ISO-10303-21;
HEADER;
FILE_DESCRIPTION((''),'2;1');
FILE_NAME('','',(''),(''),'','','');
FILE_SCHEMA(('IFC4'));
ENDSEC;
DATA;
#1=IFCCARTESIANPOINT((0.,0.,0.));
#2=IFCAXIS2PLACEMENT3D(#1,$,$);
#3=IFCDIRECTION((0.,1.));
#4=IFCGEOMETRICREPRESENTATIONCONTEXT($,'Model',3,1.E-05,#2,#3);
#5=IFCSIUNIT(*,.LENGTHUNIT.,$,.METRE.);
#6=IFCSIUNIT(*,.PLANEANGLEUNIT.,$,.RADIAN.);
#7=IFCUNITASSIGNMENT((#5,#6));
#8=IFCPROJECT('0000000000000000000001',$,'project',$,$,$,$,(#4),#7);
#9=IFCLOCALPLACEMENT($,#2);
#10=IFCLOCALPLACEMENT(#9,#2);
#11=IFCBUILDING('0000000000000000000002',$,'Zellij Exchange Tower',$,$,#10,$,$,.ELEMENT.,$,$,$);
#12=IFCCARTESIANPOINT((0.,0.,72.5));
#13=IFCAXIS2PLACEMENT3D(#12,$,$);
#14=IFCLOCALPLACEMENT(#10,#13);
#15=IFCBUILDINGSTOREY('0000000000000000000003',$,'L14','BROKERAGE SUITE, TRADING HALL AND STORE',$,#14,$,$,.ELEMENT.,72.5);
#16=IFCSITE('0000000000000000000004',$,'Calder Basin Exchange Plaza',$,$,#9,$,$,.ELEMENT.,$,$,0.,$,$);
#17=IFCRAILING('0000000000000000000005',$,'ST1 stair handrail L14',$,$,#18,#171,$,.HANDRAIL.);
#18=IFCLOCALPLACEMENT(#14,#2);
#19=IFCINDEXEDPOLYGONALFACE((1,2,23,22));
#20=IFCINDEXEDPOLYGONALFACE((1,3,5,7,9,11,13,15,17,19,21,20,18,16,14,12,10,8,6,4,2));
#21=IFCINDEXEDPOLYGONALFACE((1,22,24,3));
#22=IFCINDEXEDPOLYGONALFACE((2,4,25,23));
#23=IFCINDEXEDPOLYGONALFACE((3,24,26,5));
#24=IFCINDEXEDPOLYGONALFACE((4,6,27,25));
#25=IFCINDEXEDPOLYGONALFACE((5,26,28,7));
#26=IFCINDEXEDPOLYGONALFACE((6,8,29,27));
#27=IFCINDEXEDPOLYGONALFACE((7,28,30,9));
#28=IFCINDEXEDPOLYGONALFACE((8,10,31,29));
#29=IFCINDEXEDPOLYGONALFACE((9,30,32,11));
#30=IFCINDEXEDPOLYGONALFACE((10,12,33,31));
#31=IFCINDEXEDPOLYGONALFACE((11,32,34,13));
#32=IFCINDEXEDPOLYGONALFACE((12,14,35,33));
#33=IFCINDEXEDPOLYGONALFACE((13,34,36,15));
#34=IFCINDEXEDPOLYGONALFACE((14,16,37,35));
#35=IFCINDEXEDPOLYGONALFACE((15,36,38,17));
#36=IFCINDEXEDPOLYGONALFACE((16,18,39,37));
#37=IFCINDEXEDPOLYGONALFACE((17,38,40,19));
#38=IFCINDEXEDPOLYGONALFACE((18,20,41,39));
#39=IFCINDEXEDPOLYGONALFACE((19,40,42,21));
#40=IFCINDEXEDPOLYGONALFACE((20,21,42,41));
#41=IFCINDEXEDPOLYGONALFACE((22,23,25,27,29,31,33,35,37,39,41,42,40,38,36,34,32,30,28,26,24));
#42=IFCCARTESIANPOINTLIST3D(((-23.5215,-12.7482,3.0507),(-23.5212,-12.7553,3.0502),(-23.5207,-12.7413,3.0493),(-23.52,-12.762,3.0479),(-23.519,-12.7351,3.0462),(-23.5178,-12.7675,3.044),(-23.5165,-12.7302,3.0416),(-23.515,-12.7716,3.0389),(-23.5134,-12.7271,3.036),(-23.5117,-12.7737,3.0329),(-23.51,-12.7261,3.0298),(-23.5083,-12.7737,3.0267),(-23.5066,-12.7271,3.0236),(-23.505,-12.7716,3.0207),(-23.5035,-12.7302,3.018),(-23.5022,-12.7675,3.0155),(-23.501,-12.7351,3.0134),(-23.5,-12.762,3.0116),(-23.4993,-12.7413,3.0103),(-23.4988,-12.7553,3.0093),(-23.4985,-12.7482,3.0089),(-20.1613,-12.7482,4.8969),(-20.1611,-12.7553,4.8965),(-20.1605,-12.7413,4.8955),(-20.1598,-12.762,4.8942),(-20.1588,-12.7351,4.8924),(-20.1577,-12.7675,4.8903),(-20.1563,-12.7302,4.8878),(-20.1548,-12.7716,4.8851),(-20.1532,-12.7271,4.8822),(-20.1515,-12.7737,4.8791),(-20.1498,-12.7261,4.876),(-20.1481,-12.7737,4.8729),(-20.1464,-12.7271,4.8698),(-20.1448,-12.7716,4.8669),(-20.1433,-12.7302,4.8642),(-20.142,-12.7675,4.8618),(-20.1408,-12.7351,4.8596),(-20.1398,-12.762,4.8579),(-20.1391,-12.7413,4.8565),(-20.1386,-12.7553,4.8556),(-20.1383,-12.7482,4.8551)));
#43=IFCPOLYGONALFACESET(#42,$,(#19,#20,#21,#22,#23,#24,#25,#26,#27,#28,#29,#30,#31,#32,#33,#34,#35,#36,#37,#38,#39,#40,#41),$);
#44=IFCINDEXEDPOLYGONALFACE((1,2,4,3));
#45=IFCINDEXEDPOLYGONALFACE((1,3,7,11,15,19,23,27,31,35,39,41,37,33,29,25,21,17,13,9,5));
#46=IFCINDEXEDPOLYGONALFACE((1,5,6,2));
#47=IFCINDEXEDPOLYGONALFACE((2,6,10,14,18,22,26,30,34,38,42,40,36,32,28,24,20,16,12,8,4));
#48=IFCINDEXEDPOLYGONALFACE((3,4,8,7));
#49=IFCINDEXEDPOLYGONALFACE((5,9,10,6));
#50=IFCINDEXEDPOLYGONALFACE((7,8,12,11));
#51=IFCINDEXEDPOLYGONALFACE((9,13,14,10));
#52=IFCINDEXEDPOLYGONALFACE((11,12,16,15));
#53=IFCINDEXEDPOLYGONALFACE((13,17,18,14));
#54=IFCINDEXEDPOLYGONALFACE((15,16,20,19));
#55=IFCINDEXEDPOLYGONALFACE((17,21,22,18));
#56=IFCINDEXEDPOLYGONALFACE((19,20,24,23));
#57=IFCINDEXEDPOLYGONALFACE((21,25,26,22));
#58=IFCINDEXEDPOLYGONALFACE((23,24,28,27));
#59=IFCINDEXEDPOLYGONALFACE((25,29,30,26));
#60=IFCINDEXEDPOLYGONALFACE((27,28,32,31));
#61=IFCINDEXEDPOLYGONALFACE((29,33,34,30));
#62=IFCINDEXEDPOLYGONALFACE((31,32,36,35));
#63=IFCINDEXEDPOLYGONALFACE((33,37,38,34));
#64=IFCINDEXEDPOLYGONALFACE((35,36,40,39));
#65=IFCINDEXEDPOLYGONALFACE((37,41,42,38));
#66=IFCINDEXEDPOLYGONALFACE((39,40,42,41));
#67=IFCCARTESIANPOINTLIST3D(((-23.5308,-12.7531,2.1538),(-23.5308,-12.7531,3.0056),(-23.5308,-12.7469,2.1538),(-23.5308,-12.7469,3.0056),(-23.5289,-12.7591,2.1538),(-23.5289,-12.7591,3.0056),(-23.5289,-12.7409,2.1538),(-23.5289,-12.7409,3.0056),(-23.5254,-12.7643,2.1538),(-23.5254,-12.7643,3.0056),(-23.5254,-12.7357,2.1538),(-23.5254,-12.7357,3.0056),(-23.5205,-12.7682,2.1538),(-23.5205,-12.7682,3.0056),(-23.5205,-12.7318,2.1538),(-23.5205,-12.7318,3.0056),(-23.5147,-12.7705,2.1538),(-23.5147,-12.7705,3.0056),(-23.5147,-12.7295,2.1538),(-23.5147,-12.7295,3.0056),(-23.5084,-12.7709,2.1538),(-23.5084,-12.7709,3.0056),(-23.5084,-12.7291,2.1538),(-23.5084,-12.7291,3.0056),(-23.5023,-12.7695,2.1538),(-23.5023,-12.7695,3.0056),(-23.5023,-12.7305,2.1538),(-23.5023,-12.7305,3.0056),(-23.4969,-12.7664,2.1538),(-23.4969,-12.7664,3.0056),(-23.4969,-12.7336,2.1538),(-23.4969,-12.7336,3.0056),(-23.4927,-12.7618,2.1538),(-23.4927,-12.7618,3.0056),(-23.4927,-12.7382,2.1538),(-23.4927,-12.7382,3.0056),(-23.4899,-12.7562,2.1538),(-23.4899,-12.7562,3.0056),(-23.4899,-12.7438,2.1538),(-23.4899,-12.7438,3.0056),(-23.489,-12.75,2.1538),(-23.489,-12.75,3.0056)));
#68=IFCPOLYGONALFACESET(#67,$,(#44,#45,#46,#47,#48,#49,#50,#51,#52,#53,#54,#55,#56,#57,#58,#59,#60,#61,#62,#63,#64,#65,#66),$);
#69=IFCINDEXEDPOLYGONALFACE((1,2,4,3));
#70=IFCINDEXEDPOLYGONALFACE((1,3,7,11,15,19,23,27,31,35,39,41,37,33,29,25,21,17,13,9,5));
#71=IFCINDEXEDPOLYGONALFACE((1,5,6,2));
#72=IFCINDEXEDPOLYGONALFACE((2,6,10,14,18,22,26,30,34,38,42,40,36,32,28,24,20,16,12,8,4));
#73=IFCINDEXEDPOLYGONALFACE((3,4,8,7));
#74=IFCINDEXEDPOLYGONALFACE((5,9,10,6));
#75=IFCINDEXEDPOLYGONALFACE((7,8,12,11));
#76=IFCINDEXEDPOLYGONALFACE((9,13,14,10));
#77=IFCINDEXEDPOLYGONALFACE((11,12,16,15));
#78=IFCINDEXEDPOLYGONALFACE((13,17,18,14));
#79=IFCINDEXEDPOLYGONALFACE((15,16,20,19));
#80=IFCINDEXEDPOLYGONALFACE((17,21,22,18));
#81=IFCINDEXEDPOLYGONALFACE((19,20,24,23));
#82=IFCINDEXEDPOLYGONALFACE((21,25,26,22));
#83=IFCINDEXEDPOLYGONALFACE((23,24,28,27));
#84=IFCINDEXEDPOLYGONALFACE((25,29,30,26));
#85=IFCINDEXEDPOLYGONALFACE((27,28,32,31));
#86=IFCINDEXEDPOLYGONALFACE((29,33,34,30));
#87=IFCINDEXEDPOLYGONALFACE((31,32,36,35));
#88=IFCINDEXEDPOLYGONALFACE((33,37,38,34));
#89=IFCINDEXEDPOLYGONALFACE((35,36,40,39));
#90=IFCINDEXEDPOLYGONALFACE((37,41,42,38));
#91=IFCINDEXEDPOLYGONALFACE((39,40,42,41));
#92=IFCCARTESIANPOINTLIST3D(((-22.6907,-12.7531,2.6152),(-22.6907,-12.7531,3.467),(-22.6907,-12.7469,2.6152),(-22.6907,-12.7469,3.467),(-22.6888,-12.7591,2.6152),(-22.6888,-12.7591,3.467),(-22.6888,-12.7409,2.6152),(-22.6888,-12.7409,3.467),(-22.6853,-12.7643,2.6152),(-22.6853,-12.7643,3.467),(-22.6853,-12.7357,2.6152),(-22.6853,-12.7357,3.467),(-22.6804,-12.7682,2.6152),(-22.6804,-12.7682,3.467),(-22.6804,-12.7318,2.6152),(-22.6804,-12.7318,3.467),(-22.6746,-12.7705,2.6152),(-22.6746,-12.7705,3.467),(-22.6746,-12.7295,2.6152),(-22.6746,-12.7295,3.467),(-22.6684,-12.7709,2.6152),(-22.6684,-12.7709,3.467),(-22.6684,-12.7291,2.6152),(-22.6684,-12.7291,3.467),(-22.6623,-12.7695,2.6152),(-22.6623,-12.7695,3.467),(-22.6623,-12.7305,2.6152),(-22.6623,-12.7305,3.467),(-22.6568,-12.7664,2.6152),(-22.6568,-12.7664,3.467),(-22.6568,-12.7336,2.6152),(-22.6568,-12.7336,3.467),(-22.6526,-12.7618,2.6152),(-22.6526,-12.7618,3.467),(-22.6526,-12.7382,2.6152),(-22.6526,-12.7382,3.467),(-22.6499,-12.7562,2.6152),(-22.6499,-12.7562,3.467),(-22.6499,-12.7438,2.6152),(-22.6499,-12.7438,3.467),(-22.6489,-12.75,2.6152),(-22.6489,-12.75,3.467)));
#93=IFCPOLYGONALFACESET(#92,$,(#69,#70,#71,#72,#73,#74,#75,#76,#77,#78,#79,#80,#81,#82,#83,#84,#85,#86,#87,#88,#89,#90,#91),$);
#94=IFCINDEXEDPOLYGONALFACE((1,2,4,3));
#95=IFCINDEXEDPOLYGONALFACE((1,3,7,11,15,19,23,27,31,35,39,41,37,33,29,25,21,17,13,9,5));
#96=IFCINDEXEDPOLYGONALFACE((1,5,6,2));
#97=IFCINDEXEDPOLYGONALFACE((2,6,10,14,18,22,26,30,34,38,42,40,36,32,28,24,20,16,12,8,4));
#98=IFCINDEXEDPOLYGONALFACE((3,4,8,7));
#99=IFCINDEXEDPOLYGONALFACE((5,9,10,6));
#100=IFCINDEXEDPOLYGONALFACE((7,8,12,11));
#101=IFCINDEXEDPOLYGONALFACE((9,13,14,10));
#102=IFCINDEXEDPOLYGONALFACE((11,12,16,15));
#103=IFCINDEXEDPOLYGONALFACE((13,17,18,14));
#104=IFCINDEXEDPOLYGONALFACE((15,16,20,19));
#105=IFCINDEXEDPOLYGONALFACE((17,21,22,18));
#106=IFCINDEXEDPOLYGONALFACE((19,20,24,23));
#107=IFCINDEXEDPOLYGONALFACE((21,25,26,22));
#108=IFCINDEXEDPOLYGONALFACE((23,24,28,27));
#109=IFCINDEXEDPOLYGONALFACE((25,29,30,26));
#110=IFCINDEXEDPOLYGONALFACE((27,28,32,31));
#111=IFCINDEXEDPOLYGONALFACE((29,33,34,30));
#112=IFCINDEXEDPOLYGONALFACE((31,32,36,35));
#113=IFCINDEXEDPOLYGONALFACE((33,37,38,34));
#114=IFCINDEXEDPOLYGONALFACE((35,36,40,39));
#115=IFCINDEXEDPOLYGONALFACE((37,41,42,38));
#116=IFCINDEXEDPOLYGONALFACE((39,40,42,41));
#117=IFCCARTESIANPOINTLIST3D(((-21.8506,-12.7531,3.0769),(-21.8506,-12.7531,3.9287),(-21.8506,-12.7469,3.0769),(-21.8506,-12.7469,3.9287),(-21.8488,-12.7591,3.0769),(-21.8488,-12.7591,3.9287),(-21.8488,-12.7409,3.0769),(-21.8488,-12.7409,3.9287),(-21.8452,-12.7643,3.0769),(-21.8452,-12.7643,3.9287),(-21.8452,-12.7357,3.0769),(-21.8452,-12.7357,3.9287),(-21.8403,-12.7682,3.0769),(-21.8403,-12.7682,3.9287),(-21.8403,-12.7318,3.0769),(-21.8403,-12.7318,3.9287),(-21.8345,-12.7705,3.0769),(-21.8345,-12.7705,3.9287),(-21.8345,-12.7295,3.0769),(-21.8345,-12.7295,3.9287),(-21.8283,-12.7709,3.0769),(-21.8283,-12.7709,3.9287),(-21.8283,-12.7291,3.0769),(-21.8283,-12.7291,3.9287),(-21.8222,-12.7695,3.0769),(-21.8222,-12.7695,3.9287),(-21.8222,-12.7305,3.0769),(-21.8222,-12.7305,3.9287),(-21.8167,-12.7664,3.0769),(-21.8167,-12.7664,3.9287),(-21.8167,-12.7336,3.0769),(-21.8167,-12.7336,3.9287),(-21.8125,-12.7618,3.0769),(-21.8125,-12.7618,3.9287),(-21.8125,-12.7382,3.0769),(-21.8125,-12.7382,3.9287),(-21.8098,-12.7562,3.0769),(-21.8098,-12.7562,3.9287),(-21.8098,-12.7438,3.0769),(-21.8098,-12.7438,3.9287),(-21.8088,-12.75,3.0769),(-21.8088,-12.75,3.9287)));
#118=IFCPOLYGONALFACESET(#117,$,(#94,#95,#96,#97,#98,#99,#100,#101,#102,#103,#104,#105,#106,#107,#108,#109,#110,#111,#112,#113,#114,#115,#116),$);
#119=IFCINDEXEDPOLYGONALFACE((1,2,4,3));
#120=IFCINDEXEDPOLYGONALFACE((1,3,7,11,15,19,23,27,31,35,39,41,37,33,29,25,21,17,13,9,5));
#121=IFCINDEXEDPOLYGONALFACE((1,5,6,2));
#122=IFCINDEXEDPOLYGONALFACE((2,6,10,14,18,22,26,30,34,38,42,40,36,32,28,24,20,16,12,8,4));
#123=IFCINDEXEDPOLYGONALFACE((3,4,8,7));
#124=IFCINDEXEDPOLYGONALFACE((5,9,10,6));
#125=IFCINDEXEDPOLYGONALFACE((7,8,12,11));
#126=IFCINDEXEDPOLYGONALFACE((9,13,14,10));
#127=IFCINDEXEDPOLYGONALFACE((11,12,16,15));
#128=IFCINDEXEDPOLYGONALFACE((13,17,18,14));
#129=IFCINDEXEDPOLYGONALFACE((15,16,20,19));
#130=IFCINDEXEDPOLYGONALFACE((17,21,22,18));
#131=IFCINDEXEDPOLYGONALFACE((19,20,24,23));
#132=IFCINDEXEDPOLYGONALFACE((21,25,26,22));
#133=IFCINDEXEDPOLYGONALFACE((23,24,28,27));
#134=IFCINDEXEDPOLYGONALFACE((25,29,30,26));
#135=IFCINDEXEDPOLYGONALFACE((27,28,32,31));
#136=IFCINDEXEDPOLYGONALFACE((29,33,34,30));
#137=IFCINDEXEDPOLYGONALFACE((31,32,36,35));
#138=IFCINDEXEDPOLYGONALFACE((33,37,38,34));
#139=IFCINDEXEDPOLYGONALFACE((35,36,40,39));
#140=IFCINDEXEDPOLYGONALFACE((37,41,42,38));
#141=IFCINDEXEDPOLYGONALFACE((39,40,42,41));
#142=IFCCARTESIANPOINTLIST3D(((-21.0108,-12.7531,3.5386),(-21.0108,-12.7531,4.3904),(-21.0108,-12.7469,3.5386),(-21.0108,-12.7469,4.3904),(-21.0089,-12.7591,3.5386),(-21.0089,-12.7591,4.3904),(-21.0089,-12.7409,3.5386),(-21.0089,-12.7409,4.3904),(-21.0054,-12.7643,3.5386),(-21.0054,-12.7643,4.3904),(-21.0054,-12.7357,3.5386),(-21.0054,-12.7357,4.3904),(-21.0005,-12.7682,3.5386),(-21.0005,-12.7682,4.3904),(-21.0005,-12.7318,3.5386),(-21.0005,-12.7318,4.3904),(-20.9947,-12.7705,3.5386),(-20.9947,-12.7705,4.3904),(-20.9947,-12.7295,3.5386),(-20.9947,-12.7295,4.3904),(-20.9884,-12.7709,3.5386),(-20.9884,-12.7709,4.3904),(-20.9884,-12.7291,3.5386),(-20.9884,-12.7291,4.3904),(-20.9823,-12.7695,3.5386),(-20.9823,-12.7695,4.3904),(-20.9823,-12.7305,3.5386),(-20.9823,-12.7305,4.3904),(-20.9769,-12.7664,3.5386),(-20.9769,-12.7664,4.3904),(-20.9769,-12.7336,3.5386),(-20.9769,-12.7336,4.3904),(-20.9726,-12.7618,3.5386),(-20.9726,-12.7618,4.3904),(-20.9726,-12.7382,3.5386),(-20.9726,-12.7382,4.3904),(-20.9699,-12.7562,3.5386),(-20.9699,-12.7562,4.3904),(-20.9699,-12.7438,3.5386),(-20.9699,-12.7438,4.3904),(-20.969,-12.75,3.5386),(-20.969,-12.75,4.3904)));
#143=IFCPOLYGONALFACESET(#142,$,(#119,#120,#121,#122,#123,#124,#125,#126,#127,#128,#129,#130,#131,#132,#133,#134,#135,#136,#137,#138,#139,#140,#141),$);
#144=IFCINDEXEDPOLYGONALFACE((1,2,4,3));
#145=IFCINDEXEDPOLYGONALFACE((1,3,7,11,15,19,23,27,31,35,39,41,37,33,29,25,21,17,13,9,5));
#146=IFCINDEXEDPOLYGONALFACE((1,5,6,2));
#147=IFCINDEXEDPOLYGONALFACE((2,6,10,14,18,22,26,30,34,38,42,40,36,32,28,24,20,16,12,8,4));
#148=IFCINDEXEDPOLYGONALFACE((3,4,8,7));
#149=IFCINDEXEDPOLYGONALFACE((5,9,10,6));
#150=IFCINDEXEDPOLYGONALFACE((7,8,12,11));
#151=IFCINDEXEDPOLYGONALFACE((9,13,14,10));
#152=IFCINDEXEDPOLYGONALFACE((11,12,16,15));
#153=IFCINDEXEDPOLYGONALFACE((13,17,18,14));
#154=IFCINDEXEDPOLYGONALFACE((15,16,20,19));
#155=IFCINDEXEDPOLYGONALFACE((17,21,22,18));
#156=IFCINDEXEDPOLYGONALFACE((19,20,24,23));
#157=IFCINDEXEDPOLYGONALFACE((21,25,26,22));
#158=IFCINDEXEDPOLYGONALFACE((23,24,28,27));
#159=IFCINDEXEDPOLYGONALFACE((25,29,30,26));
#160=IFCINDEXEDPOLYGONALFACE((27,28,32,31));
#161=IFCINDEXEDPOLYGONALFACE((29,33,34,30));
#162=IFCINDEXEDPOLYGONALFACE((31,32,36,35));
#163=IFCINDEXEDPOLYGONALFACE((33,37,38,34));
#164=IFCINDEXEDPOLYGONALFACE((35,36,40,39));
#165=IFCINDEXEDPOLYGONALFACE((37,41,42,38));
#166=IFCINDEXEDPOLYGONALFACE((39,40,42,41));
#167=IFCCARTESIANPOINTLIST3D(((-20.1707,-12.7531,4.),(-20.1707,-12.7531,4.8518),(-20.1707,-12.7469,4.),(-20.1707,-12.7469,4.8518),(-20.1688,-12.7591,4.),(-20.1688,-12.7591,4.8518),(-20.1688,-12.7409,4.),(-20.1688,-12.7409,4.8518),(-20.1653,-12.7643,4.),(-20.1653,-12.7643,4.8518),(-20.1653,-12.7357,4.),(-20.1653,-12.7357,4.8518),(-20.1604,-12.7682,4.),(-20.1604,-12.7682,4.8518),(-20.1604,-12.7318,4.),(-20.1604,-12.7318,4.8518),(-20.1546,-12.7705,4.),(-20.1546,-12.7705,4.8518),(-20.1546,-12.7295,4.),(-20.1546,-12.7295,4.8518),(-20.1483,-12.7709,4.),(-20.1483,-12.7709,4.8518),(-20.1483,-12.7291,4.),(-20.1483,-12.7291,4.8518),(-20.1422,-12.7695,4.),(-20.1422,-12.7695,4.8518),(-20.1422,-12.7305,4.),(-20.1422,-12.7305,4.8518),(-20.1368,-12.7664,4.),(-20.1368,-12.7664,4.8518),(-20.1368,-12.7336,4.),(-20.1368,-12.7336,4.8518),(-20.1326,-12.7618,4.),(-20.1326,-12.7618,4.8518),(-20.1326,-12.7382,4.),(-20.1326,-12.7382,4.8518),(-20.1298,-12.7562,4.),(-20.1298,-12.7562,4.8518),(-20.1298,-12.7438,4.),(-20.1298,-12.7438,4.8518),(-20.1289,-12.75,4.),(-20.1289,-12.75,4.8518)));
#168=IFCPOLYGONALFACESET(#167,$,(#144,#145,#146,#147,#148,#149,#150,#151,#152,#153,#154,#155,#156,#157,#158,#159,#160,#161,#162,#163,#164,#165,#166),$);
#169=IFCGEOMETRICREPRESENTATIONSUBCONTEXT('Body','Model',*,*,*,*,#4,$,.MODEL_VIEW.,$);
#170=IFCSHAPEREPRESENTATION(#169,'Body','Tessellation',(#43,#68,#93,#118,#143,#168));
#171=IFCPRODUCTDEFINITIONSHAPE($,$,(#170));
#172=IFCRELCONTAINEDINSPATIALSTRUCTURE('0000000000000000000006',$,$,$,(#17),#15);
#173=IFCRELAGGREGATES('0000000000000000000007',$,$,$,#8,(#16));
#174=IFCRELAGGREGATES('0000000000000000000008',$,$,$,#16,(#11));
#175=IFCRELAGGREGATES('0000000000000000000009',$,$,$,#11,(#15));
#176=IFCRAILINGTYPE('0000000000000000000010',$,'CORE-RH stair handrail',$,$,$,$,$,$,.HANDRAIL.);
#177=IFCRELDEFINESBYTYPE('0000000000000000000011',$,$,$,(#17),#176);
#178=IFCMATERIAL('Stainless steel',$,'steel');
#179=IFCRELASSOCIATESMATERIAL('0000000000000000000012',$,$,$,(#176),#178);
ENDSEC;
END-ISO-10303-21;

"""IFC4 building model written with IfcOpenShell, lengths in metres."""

from ifc_helpers import new_model, si_unit, direction, frame, origin, origin_2d, place, context, subcontext, project, spatial, circle, extrude, material, type_object, element, save


model = new_model("IFC4")

# Units and contexts
model_context = context("Model", 3, precision=1e-05, world=origin(), true_north=direction((0.0, 1.0)))
body_context = subcontext(model_context, "Body", "Model", "MODEL_VIEW")
ifc_project = project(units=[si_unit("LENGTHUNIT", "METRE"), si_unit("PLANEANGLEUNIT", "RADIAN")], contexts=[model_context])

# Site, building, storey
site_placement = place(None, origin())
site = spatial("IfcSite", under=ifc_project, at=site_placement, Name="Calder Basin Exchange Plaza", CompositionType="ELEMENT", RefElevation=0.0)
building_placement = place(site_placement, origin())
building = spatial("IfcBuilding", under=site, at=building_placement, Name="Zellij Exchange Tower", CompositionType="ELEMENT")
storey_placement = place(building_placement, frame((0.0, 0.0, 72.5)))
storey = spatial("IfcBuildingStorey", under=building, at=storey_placement, Name="L14", Description="BROKERAGE SUITE, TRADING HALL AND STORE", CompositionType="ELEMENT", Elevation=72.5)

# Railing
ifc_material_1 = material(Name="Stainless steel", Category="steel")
railing_type = type_object("IfcRailingType", Name="CORE-RH stair handrail", PredefinedType="HANDRAIL", material=ifc_material_1)
railing_1_placement = place(storey_placement, frame((-23.51, -12.75, 2.1538)))
element("IfcRailing", 1, at=railing_1_placement, inside=storey, type_object=railing_type, Name="ST1 stair handrail L14", PredefinedType="HANDRAIL", context=body_context, shape_type="SweptSolid", body=[
    extrude(circle(Radius=0.0239, at=origin_2d()), frame((0.0, 0.0, 0.876), z_axis=(0.876422, 0.0, 0.481545), x_axis=(0.0, 1.0, 0.0)), (0.0, 0.0, 1.0), 3.834),
    extrude(circle(Radius=0.021, at=origin_2d()), origin(), (0.0, 0.0, 1.0), 0.8518),
    extrude(circle(Radius=0.021, at=origin_2d()), frame((0.8401, 0.0, 0.4614)), (0.0, 0.0, 1.0), 0.8518),
    extrude(circle(Radius=0.021, at=origin_2d()), frame((1.6802, 0.0, 0.9231)), (0.0, 0.0, 1.0), 0.8518),
    extrude(circle(Radius=0.021, at=origin_2d()), frame((2.52, 0.0, 1.3848)), (0.0, 0.0, 1.0), 0.8518),
    extrude(circle(Radius=0.021, at=origin_2d()), frame((3.3601, 0.0, 1.8462)), (0.0, 0.0, 1.0), 0.8518),
])

save(model, "model.ifc")
